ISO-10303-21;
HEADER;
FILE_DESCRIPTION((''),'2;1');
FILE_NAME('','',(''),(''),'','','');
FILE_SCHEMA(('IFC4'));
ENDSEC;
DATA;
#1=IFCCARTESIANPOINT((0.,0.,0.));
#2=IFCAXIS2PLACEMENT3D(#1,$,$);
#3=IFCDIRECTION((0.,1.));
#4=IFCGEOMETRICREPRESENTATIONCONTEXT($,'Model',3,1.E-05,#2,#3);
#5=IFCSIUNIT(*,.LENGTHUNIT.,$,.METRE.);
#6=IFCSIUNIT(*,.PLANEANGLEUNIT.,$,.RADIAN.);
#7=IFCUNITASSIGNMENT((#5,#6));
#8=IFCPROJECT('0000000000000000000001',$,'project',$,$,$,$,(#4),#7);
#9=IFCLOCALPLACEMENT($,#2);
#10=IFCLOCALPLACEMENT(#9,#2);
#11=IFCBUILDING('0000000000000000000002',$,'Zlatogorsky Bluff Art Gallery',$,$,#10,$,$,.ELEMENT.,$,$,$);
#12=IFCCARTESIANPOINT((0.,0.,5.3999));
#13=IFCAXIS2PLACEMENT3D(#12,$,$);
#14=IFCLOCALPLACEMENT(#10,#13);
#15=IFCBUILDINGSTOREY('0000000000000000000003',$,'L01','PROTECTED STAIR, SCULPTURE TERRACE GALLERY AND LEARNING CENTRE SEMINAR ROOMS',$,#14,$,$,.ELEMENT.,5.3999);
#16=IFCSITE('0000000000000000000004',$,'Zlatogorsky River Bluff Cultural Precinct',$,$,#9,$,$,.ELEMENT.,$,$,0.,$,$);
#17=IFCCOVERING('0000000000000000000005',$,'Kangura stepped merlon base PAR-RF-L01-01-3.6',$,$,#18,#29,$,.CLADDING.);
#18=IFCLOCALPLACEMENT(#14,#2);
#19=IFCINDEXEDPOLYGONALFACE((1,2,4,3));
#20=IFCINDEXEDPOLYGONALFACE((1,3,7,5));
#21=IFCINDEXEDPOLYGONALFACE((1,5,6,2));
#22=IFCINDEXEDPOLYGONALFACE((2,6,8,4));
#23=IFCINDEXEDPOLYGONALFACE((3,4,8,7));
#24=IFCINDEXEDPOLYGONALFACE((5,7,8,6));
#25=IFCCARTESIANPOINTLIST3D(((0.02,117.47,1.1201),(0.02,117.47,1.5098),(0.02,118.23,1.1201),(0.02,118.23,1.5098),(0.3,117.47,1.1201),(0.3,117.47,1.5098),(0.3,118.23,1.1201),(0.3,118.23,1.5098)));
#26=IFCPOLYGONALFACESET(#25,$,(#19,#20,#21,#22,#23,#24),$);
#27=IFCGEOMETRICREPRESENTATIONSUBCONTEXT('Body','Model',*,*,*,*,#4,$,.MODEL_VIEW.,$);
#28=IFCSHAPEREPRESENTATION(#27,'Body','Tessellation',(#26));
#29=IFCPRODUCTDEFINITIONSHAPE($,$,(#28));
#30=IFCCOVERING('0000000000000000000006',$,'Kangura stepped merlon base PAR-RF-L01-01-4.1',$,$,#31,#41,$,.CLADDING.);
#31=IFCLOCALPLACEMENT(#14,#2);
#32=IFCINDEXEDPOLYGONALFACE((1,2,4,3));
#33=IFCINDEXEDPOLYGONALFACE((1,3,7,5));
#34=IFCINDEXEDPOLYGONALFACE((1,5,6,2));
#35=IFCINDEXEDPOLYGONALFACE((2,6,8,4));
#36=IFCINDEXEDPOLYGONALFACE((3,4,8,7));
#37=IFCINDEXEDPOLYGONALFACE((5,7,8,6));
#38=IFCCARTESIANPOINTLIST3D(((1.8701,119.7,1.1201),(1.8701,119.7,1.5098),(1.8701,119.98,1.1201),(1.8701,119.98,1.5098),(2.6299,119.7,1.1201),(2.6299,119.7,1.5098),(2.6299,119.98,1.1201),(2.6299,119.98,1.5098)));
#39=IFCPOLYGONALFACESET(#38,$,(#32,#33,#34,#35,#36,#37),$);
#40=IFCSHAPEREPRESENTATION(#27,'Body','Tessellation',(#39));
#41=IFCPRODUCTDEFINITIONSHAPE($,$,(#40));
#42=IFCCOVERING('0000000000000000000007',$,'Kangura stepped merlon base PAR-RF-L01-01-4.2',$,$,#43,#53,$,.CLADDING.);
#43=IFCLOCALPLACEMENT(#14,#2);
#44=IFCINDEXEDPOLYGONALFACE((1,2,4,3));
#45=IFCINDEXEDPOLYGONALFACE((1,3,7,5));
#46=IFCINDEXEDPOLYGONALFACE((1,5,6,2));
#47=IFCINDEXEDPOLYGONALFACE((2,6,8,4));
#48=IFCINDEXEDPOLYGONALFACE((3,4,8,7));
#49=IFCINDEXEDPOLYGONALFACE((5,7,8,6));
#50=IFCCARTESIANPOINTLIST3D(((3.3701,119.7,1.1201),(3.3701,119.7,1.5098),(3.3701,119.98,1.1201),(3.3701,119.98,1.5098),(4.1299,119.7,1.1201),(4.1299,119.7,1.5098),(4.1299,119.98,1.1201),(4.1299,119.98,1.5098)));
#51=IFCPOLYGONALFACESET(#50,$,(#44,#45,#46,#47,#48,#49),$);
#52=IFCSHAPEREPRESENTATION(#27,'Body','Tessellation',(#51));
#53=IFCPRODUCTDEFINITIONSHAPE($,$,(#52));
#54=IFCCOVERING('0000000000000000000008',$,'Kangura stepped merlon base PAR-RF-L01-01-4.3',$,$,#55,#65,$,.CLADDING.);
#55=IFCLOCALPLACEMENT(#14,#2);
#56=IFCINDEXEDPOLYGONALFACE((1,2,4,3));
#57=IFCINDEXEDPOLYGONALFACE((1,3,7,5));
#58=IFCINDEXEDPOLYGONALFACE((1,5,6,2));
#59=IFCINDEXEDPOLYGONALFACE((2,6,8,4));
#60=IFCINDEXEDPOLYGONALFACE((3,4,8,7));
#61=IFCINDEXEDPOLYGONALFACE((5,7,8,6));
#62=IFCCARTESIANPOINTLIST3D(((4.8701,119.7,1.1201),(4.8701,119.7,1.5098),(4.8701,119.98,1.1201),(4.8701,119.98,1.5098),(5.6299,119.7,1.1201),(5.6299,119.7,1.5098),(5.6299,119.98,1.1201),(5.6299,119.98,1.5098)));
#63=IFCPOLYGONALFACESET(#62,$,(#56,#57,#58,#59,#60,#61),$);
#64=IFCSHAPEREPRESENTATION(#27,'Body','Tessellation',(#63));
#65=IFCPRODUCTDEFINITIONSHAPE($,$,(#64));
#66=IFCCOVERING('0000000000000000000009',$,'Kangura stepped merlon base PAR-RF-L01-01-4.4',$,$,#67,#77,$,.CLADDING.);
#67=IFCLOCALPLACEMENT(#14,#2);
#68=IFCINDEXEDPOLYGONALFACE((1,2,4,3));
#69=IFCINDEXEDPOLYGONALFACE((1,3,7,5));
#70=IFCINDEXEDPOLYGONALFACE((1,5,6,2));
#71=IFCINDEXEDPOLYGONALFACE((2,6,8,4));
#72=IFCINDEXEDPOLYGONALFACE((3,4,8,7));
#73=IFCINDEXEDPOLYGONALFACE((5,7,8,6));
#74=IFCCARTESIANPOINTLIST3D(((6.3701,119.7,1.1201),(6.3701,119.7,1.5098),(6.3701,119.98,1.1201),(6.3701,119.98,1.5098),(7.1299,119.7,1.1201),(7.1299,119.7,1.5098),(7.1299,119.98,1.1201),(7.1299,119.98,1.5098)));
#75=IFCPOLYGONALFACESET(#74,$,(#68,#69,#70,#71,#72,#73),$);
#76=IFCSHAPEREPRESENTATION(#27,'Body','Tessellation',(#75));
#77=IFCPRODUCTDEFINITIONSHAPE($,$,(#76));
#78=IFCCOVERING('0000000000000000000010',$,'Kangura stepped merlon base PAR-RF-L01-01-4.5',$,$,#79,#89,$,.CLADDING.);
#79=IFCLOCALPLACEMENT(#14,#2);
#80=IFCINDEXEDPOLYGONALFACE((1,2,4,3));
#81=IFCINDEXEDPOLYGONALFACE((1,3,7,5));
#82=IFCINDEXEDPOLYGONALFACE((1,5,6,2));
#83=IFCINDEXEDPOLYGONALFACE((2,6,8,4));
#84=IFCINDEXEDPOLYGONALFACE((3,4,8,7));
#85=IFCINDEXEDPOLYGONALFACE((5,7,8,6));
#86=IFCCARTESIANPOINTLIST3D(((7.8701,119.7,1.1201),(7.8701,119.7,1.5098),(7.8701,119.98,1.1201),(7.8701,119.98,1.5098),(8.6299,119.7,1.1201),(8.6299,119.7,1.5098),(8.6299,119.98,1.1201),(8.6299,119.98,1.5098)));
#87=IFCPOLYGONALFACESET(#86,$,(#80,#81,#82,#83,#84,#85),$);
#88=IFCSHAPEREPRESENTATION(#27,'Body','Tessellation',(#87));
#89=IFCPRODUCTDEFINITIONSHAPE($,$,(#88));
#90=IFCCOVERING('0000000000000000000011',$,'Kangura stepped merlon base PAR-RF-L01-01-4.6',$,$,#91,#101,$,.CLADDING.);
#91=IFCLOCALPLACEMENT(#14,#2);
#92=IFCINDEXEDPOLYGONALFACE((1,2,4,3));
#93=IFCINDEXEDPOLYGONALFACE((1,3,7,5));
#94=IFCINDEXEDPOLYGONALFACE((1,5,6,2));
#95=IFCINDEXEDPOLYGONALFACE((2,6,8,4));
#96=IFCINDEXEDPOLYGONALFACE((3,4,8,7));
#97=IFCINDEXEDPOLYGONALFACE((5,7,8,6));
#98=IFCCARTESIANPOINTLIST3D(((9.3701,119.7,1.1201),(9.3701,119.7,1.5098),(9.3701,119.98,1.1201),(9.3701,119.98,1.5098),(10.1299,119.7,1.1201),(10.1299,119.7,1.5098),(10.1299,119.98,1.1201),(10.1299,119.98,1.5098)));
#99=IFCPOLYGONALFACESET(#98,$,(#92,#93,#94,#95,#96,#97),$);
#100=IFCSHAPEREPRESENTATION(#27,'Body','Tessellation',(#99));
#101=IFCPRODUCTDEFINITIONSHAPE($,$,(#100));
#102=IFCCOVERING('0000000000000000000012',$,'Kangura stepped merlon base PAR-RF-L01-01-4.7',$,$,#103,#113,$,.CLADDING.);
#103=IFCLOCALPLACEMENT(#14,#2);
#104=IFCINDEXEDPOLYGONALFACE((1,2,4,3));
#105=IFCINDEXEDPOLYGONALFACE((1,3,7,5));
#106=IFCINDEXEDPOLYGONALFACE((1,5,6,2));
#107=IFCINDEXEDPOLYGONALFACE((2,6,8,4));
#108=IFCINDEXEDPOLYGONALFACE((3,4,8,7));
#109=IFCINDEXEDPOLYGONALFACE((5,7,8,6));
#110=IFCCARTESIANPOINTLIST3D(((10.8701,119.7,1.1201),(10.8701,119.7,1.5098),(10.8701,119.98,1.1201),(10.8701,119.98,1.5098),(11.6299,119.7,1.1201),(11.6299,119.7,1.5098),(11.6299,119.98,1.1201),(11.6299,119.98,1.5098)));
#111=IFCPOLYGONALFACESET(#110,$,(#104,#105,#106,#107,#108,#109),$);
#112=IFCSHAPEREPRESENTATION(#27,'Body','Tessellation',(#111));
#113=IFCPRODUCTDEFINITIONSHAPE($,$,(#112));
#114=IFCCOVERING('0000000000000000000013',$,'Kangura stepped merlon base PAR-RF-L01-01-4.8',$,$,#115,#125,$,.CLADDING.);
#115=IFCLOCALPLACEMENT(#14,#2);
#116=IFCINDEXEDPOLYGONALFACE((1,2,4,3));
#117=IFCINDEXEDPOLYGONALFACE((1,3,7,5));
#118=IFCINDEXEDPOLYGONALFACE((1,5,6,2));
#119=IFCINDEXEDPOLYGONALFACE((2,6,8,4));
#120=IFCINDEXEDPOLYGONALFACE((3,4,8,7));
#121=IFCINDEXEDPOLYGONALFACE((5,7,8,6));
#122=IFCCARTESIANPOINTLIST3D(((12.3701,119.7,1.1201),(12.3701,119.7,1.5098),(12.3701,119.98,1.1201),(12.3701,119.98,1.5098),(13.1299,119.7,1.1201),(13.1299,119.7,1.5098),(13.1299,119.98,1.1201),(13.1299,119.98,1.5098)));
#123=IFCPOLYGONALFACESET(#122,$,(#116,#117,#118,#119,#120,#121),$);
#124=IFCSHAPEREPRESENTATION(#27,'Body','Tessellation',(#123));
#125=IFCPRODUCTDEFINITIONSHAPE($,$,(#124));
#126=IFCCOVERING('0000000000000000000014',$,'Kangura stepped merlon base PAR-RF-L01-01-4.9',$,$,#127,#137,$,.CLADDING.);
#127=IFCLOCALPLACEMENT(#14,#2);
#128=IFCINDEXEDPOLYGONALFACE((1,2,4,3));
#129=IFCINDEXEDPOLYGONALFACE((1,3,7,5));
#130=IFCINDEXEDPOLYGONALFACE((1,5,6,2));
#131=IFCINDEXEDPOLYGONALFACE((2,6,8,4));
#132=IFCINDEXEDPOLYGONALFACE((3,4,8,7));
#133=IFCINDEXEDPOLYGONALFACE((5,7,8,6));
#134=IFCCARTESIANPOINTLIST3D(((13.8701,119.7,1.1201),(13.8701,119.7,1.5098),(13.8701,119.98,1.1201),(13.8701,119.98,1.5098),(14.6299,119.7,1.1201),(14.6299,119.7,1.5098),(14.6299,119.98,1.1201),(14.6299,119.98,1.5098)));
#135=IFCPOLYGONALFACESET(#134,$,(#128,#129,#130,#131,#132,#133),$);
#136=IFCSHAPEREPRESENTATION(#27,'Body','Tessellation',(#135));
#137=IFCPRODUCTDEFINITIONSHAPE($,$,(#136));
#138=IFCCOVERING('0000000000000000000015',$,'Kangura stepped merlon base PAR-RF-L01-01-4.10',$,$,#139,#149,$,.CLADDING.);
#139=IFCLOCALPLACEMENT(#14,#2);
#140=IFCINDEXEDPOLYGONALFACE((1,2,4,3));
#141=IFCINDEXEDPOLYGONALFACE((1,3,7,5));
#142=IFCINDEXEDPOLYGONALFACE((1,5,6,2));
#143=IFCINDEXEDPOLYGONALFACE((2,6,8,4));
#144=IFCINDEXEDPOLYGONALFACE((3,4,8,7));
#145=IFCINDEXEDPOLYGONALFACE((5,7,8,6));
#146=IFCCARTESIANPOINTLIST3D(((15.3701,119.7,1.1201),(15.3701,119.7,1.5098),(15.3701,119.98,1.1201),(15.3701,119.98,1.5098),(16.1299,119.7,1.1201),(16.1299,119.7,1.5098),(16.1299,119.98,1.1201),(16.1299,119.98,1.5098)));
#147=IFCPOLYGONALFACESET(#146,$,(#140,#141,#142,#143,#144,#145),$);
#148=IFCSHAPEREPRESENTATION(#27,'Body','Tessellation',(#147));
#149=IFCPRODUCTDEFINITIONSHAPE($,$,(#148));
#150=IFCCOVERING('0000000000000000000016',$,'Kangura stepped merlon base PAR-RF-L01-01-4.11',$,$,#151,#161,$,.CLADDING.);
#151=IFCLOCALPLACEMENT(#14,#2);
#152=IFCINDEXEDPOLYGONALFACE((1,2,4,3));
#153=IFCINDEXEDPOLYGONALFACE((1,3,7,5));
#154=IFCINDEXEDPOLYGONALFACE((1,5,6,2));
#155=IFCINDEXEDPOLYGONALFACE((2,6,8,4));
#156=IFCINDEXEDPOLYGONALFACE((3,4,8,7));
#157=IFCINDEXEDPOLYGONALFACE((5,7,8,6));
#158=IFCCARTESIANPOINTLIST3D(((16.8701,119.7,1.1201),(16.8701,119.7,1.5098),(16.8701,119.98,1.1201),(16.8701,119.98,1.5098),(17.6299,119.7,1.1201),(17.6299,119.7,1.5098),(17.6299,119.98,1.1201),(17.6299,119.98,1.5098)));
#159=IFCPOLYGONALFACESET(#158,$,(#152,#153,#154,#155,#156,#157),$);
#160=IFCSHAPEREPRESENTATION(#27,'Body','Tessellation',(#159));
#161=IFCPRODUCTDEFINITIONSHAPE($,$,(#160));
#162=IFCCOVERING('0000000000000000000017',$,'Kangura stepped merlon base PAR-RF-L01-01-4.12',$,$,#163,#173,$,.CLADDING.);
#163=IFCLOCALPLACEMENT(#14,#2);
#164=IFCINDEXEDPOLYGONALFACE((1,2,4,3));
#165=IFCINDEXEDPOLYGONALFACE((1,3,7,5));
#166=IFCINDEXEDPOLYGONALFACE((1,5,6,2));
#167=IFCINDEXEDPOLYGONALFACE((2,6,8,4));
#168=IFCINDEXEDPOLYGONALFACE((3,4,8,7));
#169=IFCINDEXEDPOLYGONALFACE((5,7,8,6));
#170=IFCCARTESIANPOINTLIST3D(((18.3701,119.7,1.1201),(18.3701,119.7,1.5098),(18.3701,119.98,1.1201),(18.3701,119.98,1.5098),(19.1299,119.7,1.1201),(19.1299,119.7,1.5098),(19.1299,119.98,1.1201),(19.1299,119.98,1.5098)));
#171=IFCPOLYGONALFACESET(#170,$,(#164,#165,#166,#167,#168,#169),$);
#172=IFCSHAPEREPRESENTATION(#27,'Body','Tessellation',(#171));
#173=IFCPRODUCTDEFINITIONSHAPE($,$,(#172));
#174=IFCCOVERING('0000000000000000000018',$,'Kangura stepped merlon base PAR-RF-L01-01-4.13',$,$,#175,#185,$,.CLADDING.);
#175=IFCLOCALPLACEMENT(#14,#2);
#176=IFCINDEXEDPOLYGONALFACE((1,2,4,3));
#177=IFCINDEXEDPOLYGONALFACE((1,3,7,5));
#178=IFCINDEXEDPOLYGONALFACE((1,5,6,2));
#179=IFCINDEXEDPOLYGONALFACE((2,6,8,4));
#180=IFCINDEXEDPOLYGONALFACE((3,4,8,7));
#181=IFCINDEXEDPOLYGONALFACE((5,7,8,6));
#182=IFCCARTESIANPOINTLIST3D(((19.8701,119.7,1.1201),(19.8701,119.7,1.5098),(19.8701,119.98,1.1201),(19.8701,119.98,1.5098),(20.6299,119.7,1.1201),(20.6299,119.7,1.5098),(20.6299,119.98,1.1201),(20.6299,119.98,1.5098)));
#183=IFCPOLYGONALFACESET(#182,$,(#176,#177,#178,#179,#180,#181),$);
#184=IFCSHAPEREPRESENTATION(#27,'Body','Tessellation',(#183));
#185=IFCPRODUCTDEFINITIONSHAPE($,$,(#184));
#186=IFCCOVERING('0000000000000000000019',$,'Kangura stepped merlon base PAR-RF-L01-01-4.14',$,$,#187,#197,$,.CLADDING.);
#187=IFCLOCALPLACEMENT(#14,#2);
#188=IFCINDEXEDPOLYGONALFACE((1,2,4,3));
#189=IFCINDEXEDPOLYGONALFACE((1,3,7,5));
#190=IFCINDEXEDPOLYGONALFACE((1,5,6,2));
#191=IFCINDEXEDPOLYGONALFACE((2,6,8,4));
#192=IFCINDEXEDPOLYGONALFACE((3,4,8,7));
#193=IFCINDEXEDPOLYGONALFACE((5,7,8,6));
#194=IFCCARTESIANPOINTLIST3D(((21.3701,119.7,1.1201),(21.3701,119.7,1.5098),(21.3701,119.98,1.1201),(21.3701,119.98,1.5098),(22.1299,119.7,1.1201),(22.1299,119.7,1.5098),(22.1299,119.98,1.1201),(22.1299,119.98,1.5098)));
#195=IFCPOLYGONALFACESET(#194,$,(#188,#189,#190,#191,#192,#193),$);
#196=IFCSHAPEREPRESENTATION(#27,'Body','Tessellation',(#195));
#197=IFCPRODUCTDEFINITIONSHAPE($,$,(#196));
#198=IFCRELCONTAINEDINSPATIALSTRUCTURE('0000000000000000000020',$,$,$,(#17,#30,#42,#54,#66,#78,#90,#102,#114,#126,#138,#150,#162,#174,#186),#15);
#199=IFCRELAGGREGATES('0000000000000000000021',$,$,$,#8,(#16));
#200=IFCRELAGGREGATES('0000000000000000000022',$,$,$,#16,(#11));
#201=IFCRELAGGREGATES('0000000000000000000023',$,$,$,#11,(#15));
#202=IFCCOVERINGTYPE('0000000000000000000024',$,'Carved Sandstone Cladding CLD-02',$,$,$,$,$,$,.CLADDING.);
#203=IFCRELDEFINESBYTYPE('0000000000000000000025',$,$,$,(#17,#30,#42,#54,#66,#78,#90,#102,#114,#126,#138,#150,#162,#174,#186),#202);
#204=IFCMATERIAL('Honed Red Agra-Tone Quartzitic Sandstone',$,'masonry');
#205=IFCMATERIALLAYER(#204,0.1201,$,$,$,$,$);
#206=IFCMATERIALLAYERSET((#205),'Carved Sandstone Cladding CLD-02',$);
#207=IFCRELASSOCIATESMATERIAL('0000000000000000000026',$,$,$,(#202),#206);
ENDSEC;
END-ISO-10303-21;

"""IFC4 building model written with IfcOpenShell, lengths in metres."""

from ifc_helpers import new_model, si_unit, direction, frame, origin, place, context, subcontext, project, spatial, polyline, outline, extrude, material, layer, layer_set, type_object, element, save


model = new_model("IFC4")

# Units and contexts
model_context = context("Model", 3, precision=1e-05, world=origin(), true_north=direction((0.0, 1.0)))
body_context = subcontext(model_context, "Body", "Model", "MODEL_VIEW")
ifc_project = project(units=[si_unit("LENGTHUNIT", "METRE"), si_unit("PLANEANGLEUNIT", "RADIAN")], contexts=[model_context])

# Site, building, storey
site_placement = place(None, origin())
site = spatial("IfcSite", under=ifc_project, at=site_placement, Name="Zlatogorsky River Bluff Cultural Precinct", CompositionType="ELEMENT", RefElevation=0.0)
building_placement = place(site_placement, origin())
building = spatial("IfcBuilding", under=site, at=building_placement, Name="Zlatogorsky Bluff Art Gallery", CompositionType="ELEMENT")
storey_placement = place(building_placement, frame((0.0, 0.0, 5.3999)))
storey = spatial("IfcBuildingStorey", under=building, at=storey_placement, Name="L01", Description="PROTECTED STAIR, SCULPTURE TERRACE GALLERY AND LEARNING CENTRE SEMINAR ROOMS", CompositionType="ELEMENT", Elevation=5.3999)

# Coverings
ifc_material = material(Name="Honed Red Agra-Tone Quartzitic Sandstone", Category="masonry")
ifc_layer = layer(ifc_material, 0.1201)
ifc_layer_set = layer_set([ifc_layer], Name="Carved Sandstone Cladding CLD-02")
covering_type = type_object("IfcCoveringType", Name="Carved Sandstone Cladding CLD-02", PredefinedType="CLADDING", material=ifc_layer_set)
covering_1_placement = place(storey_placement, frame((0.0, 0.0, 1.1201)))
element("IfcCovering", 1, at=covering_1_placement, inside=storey, type_object=covering_type, Name="Kangura stepped merlon base PAR-RF-L01-01-3.6", PredefinedType="CLADDING", context=body_context, shape_type="SweptSolid", body=[
    extrude(outline(polyline([(0.02, 117.47), (0.02, 118.23), (0.3, 118.23), (0.3, 117.47), (0.02, 117.47)])), origin(), (0.0, 0.0, 1.0), 0.3896),
])
covering_2_placement = place(storey_placement, frame((0.0, 0.0, 1.1201)))
element("IfcCovering", 2, at=covering_2_placement, inside=storey, type_object=covering_type, Name="Kangura stepped merlon base PAR-RF-L01-01-4.1", PredefinedType="CLADDING", context=body_context, shape_type="SweptSolid", body=[
    extrude(outline(polyline([(1.8701, 119.7), (2.6299, 119.7), (2.6299, 119.98), (1.8701, 119.98), (1.8701, 119.7)])), origin(), (0.0, 0.0, 1.0), 0.3896),
])
covering_3_placement = place(storey_placement, frame((0.0, 0.0, 1.1201)))
element("IfcCovering", 3, at=covering_3_placement, inside=storey, type_object=covering_type, Name="Kangura stepped merlon base PAR-RF-L01-01-4.2", PredefinedType="CLADDING", context=body_context, shape_type="SweptSolid", body=[
    extrude(outline(polyline([(3.3701, 119.7), (4.1299, 119.7), (4.1299, 119.98), (3.3701, 119.98), (3.3701, 119.7)])), origin(), (0.0, 0.0, 1.0), 0.3896),
])
covering_4_placement = place(storey_placement, frame((0.0, 0.0, 1.1201)))
element("IfcCovering", 4, at=covering_4_placement, inside=storey, type_object=covering_type, Name="Kangura stepped merlon base PAR-RF-L01-01-4.3", PredefinedType="CLADDING", context=body_context, shape_type="SweptSolid", body=[
    extrude(outline(polyline([(4.8701, 119.7), (5.6299, 119.7), (5.6299, 119.98), (4.8701, 119.98), (4.8701, 119.7)])), origin(), (0.0, 0.0, 1.0), 0.3896),
])
covering_5_placement = place(storey_placement, frame((0.0, 0.0, 1.1201)))
element("IfcCovering", 5, at=covering_5_placement, inside=storey, type_object=covering_type, Name="Kangura stepped merlon base PAR-RF-L01-01-4.4", PredefinedType="CLADDING", context=body_context, shape_type="SweptSolid", body=[
    extrude(outline(polyline([(6.3701, 119.7), (7.1299, 119.7), (7.1299, 119.98), (6.3701, 119.98), (6.3701, 119.7)])), origin(), (0.0, 0.0, 1.0), 0.3896),
])
covering_6_placement = place(storey_placement, frame((0.0, 0.0, 1.1201)))
element("IfcCovering", 6, at=covering_6_placement, inside=storey, type_object=covering_type, Name="Kangura stepped merlon base PAR-RF-L01-01-4.5", PredefinedType="CLADDING", context=body_context, shape_type="SweptSolid", body=[
    extrude(outline(polyline([(7.8701, 119.7), (8.6299, 119.7), (8.6299, 119.98), (7.8701, 119.98), (7.8701, 119.7)])), origin(), (0.0, 0.0, 1.0), 0.3896),
])
covering_7_placement = place(storey_placement, frame((0.0, 0.0, 1.1201)))
element("IfcCovering", 7, at=covering_7_placement, inside=storey, type_object=covering_type, Name="Kangura stepped merlon base PAR-RF-L01-01-4.6", PredefinedType="CLADDING", context=body_context, shape_type="SweptSolid", body=[
    extrude(outline(polyline([(9.3701, 119.7), (10.1299, 119.7), (10.1299, 119.98), (9.3701, 119.98), (9.3701, 119.7)])), origin(), (0.0, 0.0, 1.0), 0.3896),
])
covering_8_placement = place(storey_placement, frame((0.0, 0.0, 1.1201)))
element("IfcCovering", 8, at=covering_8_placement, inside=storey, type_object=covering_type, Name="Kangura stepped merlon base PAR-RF-L01-01-4.7", PredefinedType="CLADDING", context=body_context, shape_type="SweptSolid", body=[
    extrude(outline(polyline([(10.8701, 119.7), (11.6299, 119.7), (11.6299, 119.98), (10.8701, 119.98), (10.8701, 119.7)])), origin(), (0.0, 0.0, 1.0), 0.3896),
])
covering_9_placement = place(storey_placement, frame((0.0, 0.0, 1.1201)))
element("IfcCovering", 9, at=covering_9_placement, inside=storey, type_object=covering_type, Name="Kangura stepped merlon base PAR-RF-L01-01-4.8", PredefinedType="CLADDING", context=body_context, shape_type="SweptSolid", body=[
    extrude(outline(polyline([(12.3701, 119.7), (13.1299, 119.7), (13.1299, 119.98), (12.3701, 119.98), (12.3701, 119.7)])), origin(), (0.0, 0.0, 1.0), 0.3896),
])
covering_10_placement = place(storey_placement, frame((0.0, 0.0, 1.1201)))
element("IfcCovering", 10, at=covering_10_placement, inside=storey, type_object=covering_type, Name="Kangura stepped merlon base PAR-RF-L01-01-4.9", PredefinedType="CLADDING", context=body_context, shape_type="SweptSolid", body=[
    extrude(outline(polyline([(13.8701, 119.7), (14.6299, 119.7), (14.6299, 119.98), (13.8701, 119.98), (13.8701, 119.7)])), origin(), (0.0, 0.0, 1.0), 0.3896),
])
covering_11_placement = place(storey_placement, frame((0.0, 0.0, 1.1201)))
element("IfcCovering", 11, at=covering_11_placement, inside=storey, type_object=covering_type, Name="Kangura stepped merlon base PAR-RF-L01-01-4.10", PredefinedType="CLADDING", context=body_context, shape_type="SweptSolid", body=[
    extrude(outline(polyline([(15.3701, 119.7), (16.1299, 119.7), (16.1299, 119.98), (15.3701, 119.98), (15.3701, 119.7)])), origin(), (0.0, 0.0, 1.0), 0.3896),
])
covering_12_placement = place(storey_placement, frame((0.0, 0.0, 1.1201)))
element("IfcCovering", 12, at=covering_12_placement, inside=storey, type_object=covering_type, Name="Kangura stepped merlon base PAR-RF-L01-01-4.11", PredefinedType="CLADDING", context=body_context, shape_type="SweptSolid", body=[
    extrude(outline(polyline([(16.8701, 119.7), (17.6299, 119.7), (17.6299, 119.98), (16.8701, 119.98), (16.8701, 119.7)])), origin(), (0.0, 0.0, 1.0), 0.3896),
])
covering_13_placement = place(storey_placement, frame((0.0, 0.0, 1.1201)))
element("IfcCovering", 13, at=covering_13_placement, inside=storey, type_object=covering_type, Name="Kangura stepped merlon base PAR-RF-L01-01-4.12", PredefinedType="CLADDING", context=body_context, shape_type="SweptSolid", body=[
    extrude(outline(polyline([(18.3701, 119.7), (19.1299, 119.7), (19.1299, 119.98), (18.3701, 119.98), (18.3701, 119.7)])), origin(), (0.0, 0.0, 1.0), 0.3896),
])
covering_14_placement = place(storey_placement, frame((0.0, 0.0, 1.1201)))
element("IfcCovering", 14, at=covering_14_placement, inside=storey, type_object=covering_type, Name="Kangura stepped merlon base PAR-RF-L01-01-4.13", PredefinedType="CLADDING", context=body_context, shape_type="SweptSolid", body=[
    extrude(outline(polyline([(19.8701, 119.7), (20.6299, 119.7), (20.6299, 119.98), (19.8701, 119.98), (19.8701, 119.7)])), origin(), (0.0, 0.0, 1.0), 0.3896),
])
covering_15_placement = place(storey_placement, frame((0.0, 0.0, 1.1201)))
element("IfcCovering", 15, at=covering_15_placement, inside=storey, type_object=covering_type, Name="Kangura stepped merlon base PAR-RF-L01-01-4.14", PredefinedType="CLADDING", context=body_context, shape_type="SweptSolid", body=[
    extrude(outline(polyline([(21.3701, 119.7), (22.1299, 119.7), (22.1299, 119.98), (21.3701, 119.98), (21.3701, 119.7)])), origin(), (0.0, 0.0, 1.0), 0.3896),
])

save(model, "model.ifc")
